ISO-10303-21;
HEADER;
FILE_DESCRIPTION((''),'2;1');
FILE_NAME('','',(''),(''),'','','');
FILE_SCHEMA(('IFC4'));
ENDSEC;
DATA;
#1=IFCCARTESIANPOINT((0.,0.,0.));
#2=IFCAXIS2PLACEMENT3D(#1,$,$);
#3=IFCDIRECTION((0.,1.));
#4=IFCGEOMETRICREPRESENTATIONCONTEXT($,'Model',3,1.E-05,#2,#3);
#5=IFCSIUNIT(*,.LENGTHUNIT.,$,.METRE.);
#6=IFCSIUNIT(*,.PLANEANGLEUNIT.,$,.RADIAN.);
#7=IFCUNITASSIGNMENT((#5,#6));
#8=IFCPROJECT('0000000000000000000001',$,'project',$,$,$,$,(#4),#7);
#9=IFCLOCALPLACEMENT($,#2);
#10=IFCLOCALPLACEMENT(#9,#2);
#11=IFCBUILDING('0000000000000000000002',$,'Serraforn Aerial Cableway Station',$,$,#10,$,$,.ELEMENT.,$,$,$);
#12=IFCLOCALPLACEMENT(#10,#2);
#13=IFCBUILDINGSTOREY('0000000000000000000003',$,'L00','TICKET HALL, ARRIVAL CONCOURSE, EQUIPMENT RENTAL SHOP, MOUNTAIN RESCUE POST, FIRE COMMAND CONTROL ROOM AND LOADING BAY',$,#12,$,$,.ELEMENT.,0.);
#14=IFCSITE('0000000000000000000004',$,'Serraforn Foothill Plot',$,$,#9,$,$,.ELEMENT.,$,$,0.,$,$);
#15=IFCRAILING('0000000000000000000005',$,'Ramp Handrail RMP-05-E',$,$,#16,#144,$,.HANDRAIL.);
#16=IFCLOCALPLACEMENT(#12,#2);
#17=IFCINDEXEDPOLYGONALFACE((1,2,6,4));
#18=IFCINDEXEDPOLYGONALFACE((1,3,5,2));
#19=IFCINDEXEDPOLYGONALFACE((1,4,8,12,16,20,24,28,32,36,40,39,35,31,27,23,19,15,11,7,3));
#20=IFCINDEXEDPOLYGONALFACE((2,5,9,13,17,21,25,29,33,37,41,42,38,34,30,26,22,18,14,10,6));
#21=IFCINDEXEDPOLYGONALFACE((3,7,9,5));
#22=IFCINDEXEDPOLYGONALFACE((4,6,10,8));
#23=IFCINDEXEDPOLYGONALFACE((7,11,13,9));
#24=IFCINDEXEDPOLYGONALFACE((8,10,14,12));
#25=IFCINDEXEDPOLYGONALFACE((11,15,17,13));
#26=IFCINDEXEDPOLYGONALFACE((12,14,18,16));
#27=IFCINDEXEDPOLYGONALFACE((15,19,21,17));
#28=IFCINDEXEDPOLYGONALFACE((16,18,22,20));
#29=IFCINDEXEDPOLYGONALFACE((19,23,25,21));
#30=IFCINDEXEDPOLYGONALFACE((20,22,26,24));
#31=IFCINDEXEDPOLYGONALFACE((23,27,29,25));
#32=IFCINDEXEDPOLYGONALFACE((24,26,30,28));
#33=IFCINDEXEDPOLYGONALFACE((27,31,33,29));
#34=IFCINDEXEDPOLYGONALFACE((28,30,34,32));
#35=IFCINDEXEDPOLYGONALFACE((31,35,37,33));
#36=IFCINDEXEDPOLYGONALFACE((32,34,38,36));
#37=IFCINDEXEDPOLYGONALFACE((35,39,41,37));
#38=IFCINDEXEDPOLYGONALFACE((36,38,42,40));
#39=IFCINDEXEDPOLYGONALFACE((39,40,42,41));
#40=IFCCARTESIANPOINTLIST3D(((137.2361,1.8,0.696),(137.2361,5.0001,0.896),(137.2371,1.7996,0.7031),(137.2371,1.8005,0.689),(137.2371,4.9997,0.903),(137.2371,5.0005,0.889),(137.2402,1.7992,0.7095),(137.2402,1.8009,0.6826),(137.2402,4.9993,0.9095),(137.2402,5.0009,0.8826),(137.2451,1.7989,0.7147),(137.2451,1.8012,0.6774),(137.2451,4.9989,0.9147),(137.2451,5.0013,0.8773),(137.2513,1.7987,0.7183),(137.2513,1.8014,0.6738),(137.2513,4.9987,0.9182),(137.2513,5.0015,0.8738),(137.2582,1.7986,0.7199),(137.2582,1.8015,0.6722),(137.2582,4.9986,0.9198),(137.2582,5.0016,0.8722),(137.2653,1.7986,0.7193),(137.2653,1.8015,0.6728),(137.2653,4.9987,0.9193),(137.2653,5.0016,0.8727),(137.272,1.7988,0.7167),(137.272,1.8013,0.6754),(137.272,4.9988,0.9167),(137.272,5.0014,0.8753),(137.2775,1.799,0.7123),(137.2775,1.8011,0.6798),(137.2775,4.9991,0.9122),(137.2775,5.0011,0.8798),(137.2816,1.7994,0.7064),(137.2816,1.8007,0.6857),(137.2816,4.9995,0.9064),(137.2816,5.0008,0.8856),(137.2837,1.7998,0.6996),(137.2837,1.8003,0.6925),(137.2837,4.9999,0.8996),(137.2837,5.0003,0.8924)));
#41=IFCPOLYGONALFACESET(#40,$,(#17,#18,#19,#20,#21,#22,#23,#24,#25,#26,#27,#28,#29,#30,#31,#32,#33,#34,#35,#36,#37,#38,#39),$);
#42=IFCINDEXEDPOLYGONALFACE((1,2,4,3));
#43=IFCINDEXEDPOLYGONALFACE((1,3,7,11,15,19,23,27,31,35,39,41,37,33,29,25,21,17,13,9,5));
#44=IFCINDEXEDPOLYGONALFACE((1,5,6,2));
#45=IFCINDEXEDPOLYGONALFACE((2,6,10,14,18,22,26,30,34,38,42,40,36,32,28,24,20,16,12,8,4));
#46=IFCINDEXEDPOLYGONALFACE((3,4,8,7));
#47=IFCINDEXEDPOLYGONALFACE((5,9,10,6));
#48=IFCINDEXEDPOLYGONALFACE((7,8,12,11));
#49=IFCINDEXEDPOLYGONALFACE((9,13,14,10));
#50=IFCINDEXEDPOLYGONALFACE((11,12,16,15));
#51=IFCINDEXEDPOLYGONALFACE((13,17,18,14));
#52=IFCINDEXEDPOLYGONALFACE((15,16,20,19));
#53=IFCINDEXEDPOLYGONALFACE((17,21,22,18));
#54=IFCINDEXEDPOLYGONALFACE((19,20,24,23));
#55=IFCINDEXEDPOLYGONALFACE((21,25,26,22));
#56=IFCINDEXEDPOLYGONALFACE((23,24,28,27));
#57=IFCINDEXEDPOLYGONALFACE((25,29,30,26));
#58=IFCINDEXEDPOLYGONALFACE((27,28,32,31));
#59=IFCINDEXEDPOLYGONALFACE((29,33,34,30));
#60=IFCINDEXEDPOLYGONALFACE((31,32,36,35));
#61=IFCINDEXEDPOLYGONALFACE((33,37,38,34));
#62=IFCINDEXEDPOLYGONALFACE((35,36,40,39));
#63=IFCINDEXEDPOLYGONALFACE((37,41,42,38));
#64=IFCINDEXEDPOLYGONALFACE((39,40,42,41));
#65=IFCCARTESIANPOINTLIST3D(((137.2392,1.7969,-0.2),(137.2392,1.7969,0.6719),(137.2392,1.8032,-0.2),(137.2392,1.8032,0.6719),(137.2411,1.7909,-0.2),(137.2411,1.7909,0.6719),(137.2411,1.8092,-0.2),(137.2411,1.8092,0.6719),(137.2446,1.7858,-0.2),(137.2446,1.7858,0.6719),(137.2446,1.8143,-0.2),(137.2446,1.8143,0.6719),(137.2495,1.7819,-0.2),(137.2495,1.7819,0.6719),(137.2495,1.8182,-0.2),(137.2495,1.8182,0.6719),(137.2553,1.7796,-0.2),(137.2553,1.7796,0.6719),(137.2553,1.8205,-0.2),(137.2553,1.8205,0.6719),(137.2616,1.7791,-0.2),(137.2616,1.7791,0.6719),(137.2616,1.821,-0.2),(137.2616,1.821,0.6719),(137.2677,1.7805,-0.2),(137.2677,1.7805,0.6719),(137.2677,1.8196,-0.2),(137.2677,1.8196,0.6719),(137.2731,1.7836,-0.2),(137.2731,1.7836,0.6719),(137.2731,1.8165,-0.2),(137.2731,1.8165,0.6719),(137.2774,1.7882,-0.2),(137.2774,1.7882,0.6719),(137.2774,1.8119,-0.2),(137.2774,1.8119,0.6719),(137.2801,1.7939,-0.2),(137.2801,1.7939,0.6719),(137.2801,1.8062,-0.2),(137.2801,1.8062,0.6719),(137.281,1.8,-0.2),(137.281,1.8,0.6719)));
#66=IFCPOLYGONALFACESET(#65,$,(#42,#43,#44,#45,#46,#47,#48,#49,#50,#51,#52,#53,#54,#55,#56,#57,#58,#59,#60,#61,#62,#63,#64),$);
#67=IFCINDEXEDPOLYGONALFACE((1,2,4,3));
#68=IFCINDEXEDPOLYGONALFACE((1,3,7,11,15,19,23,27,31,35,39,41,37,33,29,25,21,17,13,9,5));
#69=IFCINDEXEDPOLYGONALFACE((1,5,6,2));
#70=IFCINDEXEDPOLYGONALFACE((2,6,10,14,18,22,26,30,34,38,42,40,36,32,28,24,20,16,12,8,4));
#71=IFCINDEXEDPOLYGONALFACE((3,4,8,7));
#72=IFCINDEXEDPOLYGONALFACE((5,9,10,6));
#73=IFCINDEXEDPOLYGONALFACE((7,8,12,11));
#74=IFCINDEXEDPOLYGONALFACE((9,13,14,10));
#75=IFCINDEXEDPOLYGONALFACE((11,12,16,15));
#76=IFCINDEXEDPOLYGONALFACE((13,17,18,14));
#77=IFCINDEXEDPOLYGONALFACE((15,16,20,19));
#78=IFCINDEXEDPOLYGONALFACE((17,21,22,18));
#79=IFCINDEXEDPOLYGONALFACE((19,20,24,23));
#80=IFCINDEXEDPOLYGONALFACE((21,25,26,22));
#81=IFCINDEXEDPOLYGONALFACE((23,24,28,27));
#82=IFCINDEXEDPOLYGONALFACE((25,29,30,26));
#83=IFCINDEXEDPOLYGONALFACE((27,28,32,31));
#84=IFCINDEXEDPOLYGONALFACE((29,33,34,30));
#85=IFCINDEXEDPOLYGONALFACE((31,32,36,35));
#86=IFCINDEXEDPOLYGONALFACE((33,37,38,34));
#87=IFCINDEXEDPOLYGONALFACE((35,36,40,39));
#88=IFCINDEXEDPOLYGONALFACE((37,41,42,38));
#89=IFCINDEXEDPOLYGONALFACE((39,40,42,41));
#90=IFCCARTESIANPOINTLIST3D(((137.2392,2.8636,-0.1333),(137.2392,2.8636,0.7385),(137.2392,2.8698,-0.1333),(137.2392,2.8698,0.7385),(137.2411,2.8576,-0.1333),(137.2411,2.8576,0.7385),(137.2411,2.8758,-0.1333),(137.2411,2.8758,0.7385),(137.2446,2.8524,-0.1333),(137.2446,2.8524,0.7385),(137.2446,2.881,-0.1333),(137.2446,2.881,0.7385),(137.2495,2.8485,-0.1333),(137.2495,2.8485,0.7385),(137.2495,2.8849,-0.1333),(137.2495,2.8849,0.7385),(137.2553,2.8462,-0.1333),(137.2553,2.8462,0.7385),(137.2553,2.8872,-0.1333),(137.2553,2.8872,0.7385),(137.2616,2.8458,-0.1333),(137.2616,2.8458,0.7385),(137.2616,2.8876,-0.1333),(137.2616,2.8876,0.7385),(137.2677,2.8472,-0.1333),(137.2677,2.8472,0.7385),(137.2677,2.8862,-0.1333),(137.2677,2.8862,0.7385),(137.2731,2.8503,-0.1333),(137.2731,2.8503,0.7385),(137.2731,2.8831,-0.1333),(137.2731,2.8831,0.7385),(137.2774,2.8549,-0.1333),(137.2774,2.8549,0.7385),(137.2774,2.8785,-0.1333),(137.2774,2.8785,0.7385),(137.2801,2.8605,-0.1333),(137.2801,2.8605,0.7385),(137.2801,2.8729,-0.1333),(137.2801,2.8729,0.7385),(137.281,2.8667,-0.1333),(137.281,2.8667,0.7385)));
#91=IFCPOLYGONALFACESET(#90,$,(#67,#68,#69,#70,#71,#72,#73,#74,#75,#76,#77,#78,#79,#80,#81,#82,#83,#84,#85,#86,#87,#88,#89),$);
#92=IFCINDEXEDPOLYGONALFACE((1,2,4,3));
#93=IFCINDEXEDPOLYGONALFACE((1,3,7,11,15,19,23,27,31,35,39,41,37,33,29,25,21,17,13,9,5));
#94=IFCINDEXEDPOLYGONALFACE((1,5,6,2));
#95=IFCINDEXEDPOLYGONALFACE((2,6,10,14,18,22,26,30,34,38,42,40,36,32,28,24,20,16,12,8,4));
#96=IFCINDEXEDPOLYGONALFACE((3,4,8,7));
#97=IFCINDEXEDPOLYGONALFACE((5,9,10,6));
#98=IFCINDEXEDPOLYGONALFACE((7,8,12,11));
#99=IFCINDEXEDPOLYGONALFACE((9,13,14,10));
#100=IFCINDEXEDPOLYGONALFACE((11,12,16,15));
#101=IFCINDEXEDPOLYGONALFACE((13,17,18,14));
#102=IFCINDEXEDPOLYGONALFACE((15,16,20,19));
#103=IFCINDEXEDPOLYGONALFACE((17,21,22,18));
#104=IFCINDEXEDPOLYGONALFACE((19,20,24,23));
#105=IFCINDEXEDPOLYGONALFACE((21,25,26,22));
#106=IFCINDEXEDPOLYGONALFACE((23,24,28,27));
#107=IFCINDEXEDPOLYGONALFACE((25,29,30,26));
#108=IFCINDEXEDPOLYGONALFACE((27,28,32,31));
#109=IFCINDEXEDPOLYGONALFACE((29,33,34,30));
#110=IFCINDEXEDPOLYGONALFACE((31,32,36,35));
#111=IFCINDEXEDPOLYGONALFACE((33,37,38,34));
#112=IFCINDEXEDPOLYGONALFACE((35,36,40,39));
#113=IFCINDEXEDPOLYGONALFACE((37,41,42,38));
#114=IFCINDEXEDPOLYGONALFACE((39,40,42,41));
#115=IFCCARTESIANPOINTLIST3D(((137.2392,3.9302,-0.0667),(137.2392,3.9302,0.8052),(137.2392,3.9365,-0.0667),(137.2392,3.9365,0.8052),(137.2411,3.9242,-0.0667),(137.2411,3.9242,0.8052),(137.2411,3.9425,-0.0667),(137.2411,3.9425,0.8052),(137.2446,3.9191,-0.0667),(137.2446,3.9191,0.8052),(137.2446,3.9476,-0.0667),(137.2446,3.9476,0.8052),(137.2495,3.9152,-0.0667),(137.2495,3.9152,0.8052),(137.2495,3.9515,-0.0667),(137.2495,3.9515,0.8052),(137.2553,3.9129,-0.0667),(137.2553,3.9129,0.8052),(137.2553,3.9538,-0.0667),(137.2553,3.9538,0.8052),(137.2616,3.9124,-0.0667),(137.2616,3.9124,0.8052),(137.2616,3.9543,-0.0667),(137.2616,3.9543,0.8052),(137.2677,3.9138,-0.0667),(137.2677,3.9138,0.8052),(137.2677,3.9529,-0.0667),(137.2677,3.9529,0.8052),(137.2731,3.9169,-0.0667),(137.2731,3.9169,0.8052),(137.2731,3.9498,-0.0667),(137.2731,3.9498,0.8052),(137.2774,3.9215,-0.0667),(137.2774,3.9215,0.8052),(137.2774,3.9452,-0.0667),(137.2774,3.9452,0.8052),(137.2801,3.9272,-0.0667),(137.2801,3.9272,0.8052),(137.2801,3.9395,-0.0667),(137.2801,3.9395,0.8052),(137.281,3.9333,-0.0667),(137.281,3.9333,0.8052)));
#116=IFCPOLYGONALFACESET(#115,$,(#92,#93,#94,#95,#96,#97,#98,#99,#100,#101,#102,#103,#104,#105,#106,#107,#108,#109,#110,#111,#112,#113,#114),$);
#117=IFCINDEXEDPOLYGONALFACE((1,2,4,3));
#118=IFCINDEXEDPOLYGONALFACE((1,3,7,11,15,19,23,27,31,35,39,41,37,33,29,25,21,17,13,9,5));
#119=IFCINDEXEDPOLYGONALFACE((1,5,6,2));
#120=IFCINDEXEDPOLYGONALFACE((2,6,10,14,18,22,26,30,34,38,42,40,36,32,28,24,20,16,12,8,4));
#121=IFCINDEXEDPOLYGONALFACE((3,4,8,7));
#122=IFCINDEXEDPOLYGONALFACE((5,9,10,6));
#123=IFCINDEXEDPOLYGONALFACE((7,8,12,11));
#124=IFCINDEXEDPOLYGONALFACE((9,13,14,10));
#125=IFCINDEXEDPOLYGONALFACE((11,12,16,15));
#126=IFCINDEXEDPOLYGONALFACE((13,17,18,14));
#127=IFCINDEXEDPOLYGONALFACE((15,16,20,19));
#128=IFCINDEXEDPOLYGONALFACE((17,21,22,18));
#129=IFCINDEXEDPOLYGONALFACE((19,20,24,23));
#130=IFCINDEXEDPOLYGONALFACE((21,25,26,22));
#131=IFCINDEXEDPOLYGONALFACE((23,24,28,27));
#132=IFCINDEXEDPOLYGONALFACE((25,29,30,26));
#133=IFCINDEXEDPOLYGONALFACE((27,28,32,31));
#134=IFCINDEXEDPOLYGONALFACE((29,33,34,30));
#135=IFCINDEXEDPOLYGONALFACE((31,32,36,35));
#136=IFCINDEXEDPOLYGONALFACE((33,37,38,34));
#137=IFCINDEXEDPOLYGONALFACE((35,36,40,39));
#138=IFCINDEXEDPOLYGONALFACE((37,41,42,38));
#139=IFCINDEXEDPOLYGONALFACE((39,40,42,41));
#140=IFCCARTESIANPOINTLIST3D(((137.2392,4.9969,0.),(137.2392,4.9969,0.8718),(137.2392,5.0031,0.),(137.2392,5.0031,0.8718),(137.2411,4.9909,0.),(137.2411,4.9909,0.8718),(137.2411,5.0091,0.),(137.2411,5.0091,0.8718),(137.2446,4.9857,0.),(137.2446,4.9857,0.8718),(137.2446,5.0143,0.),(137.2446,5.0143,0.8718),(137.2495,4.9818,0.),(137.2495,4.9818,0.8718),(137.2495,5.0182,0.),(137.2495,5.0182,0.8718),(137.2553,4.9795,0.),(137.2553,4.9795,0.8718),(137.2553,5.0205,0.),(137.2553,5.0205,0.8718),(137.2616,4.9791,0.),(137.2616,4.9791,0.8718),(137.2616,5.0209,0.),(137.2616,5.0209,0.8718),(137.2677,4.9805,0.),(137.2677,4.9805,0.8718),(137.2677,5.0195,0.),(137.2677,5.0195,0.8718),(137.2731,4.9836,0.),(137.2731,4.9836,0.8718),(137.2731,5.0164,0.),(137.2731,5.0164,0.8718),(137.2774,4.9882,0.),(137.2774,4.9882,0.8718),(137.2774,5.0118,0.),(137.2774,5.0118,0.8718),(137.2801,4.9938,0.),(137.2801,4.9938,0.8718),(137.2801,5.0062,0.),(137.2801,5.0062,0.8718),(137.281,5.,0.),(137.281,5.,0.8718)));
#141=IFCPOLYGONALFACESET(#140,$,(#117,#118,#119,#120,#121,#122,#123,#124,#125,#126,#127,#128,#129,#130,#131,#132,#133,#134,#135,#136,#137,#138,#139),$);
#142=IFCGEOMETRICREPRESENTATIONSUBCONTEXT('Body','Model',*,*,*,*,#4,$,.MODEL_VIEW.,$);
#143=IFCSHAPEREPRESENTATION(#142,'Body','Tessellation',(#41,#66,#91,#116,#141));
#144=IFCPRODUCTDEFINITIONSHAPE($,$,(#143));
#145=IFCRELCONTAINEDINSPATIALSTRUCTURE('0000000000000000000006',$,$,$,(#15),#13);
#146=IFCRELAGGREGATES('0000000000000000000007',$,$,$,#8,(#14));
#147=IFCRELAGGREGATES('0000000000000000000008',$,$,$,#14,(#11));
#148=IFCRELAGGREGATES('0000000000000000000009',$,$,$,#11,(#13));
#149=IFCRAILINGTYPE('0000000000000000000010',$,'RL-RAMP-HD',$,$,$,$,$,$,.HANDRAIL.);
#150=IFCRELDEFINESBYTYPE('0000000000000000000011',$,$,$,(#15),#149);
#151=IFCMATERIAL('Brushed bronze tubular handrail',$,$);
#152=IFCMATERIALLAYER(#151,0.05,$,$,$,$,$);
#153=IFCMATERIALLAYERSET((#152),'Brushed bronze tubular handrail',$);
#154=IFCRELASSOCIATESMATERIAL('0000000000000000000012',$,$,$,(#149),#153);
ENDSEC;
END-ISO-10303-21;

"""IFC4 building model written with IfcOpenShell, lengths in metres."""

from ifc_helpers import new_model, si_unit, direction, frame, origin, origin_2d, place, context, subcontext, project, spatial, circle, extrude, material, layer, layer_set, type_object, element, save


model = new_model("IFC4")

# Units and contexts
model_context = context("Model", 3, precision=1e-05, world=origin(), true_north=direction((0.0, 1.0)))
body_context = subcontext(model_context, "Body", "Model", "MODEL_VIEW")
ifc_project = project(units=[si_unit("LENGTHUNIT", "METRE"), si_unit("PLANEANGLEUNIT", "RADIAN")], contexts=[model_context])

# Site, building, storey
site_placement = place(None, origin())
site = spatial("IfcSite", under=ifc_project, at=site_placement, Name="Serraforn Foothill Plot", CompositionType="ELEMENT", RefElevation=0.0)
building_placement = place(site_placement, origin())
building = spatial("IfcBuilding", under=site, at=building_placement, Name="Serraforn Aerial Cableway Station", CompositionType="ELEMENT")
storey_placement = place(building_placement, origin())
storey = spatial("IfcBuildingStorey", under=building, at=storey_placement, Name="L00", Description="TICKET HALL, ARRIVAL CONCOURSE, EQUIPMENT RENTAL SHOP, MOUNTAIN RESCUE POST, FIRE COMMAND CONTROL ROOM AND LOADING BAY", CompositionType="ELEMENT", Elevation=0.0)

# Railing
ifc_material_1 = material(Name="Brushed bronze tubular handrail")
ifc_layer_1 = layer(ifc_material_1, 0.05)
ifc_layer_set_1 = layer_set([ifc_layer_1], Name="Brushed bronze tubular handrail")
railing_type_1 = type_object("IfcRailingType", Name="RL-RAMP-HD", PredefinedType="HANDRAIL", material=ifc_layer_set_1)
for number, where, name in (
    (1, (137.26, 1.8, -0.2), "Ramp Handrail RMP-05-E"),
):
    element("IfcRailing", number, at=place(storey_placement, frame(where)), inside=storey, type_object=railing_type_1, Name=name, PredefinedType="HANDRAIL", context=body_context, shape_type="SweptSolid", body=[
        extrude(circle(Radius=0.0239, at=origin_2d()), frame((0.0, 0.0, 0.896), z_axis=(0.0, 0.998053, 0.062364), x_axis=(-1.0, 0.0, 0.0)), (0.0, 0.0, 1.0), 3.2063),
        extrude(circle(Radius=0.021, at=origin_2d()), origin(), (0.0, 0.0, 1.0), 0.8718),
        extrude(circle(Radius=0.021, at=origin_2d()), frame((0.0, 1.0667, 0.0667)), (0.0, 0.0, 1.0), 0.8718),
        extrude(circle(Radius=0.021, at=origin_2d()), frame((0.0, 2.1333, 0.1333)), (0.0, 0.0, 1.0), 0.8718),
        extrude(circle(Radius=0.021, at=origin_2d()), frame((0.0, 3.2, 0.2)), (0.0, 0.0, 1.0), 0.8718),
    ])

save(model, "model.ifc")
